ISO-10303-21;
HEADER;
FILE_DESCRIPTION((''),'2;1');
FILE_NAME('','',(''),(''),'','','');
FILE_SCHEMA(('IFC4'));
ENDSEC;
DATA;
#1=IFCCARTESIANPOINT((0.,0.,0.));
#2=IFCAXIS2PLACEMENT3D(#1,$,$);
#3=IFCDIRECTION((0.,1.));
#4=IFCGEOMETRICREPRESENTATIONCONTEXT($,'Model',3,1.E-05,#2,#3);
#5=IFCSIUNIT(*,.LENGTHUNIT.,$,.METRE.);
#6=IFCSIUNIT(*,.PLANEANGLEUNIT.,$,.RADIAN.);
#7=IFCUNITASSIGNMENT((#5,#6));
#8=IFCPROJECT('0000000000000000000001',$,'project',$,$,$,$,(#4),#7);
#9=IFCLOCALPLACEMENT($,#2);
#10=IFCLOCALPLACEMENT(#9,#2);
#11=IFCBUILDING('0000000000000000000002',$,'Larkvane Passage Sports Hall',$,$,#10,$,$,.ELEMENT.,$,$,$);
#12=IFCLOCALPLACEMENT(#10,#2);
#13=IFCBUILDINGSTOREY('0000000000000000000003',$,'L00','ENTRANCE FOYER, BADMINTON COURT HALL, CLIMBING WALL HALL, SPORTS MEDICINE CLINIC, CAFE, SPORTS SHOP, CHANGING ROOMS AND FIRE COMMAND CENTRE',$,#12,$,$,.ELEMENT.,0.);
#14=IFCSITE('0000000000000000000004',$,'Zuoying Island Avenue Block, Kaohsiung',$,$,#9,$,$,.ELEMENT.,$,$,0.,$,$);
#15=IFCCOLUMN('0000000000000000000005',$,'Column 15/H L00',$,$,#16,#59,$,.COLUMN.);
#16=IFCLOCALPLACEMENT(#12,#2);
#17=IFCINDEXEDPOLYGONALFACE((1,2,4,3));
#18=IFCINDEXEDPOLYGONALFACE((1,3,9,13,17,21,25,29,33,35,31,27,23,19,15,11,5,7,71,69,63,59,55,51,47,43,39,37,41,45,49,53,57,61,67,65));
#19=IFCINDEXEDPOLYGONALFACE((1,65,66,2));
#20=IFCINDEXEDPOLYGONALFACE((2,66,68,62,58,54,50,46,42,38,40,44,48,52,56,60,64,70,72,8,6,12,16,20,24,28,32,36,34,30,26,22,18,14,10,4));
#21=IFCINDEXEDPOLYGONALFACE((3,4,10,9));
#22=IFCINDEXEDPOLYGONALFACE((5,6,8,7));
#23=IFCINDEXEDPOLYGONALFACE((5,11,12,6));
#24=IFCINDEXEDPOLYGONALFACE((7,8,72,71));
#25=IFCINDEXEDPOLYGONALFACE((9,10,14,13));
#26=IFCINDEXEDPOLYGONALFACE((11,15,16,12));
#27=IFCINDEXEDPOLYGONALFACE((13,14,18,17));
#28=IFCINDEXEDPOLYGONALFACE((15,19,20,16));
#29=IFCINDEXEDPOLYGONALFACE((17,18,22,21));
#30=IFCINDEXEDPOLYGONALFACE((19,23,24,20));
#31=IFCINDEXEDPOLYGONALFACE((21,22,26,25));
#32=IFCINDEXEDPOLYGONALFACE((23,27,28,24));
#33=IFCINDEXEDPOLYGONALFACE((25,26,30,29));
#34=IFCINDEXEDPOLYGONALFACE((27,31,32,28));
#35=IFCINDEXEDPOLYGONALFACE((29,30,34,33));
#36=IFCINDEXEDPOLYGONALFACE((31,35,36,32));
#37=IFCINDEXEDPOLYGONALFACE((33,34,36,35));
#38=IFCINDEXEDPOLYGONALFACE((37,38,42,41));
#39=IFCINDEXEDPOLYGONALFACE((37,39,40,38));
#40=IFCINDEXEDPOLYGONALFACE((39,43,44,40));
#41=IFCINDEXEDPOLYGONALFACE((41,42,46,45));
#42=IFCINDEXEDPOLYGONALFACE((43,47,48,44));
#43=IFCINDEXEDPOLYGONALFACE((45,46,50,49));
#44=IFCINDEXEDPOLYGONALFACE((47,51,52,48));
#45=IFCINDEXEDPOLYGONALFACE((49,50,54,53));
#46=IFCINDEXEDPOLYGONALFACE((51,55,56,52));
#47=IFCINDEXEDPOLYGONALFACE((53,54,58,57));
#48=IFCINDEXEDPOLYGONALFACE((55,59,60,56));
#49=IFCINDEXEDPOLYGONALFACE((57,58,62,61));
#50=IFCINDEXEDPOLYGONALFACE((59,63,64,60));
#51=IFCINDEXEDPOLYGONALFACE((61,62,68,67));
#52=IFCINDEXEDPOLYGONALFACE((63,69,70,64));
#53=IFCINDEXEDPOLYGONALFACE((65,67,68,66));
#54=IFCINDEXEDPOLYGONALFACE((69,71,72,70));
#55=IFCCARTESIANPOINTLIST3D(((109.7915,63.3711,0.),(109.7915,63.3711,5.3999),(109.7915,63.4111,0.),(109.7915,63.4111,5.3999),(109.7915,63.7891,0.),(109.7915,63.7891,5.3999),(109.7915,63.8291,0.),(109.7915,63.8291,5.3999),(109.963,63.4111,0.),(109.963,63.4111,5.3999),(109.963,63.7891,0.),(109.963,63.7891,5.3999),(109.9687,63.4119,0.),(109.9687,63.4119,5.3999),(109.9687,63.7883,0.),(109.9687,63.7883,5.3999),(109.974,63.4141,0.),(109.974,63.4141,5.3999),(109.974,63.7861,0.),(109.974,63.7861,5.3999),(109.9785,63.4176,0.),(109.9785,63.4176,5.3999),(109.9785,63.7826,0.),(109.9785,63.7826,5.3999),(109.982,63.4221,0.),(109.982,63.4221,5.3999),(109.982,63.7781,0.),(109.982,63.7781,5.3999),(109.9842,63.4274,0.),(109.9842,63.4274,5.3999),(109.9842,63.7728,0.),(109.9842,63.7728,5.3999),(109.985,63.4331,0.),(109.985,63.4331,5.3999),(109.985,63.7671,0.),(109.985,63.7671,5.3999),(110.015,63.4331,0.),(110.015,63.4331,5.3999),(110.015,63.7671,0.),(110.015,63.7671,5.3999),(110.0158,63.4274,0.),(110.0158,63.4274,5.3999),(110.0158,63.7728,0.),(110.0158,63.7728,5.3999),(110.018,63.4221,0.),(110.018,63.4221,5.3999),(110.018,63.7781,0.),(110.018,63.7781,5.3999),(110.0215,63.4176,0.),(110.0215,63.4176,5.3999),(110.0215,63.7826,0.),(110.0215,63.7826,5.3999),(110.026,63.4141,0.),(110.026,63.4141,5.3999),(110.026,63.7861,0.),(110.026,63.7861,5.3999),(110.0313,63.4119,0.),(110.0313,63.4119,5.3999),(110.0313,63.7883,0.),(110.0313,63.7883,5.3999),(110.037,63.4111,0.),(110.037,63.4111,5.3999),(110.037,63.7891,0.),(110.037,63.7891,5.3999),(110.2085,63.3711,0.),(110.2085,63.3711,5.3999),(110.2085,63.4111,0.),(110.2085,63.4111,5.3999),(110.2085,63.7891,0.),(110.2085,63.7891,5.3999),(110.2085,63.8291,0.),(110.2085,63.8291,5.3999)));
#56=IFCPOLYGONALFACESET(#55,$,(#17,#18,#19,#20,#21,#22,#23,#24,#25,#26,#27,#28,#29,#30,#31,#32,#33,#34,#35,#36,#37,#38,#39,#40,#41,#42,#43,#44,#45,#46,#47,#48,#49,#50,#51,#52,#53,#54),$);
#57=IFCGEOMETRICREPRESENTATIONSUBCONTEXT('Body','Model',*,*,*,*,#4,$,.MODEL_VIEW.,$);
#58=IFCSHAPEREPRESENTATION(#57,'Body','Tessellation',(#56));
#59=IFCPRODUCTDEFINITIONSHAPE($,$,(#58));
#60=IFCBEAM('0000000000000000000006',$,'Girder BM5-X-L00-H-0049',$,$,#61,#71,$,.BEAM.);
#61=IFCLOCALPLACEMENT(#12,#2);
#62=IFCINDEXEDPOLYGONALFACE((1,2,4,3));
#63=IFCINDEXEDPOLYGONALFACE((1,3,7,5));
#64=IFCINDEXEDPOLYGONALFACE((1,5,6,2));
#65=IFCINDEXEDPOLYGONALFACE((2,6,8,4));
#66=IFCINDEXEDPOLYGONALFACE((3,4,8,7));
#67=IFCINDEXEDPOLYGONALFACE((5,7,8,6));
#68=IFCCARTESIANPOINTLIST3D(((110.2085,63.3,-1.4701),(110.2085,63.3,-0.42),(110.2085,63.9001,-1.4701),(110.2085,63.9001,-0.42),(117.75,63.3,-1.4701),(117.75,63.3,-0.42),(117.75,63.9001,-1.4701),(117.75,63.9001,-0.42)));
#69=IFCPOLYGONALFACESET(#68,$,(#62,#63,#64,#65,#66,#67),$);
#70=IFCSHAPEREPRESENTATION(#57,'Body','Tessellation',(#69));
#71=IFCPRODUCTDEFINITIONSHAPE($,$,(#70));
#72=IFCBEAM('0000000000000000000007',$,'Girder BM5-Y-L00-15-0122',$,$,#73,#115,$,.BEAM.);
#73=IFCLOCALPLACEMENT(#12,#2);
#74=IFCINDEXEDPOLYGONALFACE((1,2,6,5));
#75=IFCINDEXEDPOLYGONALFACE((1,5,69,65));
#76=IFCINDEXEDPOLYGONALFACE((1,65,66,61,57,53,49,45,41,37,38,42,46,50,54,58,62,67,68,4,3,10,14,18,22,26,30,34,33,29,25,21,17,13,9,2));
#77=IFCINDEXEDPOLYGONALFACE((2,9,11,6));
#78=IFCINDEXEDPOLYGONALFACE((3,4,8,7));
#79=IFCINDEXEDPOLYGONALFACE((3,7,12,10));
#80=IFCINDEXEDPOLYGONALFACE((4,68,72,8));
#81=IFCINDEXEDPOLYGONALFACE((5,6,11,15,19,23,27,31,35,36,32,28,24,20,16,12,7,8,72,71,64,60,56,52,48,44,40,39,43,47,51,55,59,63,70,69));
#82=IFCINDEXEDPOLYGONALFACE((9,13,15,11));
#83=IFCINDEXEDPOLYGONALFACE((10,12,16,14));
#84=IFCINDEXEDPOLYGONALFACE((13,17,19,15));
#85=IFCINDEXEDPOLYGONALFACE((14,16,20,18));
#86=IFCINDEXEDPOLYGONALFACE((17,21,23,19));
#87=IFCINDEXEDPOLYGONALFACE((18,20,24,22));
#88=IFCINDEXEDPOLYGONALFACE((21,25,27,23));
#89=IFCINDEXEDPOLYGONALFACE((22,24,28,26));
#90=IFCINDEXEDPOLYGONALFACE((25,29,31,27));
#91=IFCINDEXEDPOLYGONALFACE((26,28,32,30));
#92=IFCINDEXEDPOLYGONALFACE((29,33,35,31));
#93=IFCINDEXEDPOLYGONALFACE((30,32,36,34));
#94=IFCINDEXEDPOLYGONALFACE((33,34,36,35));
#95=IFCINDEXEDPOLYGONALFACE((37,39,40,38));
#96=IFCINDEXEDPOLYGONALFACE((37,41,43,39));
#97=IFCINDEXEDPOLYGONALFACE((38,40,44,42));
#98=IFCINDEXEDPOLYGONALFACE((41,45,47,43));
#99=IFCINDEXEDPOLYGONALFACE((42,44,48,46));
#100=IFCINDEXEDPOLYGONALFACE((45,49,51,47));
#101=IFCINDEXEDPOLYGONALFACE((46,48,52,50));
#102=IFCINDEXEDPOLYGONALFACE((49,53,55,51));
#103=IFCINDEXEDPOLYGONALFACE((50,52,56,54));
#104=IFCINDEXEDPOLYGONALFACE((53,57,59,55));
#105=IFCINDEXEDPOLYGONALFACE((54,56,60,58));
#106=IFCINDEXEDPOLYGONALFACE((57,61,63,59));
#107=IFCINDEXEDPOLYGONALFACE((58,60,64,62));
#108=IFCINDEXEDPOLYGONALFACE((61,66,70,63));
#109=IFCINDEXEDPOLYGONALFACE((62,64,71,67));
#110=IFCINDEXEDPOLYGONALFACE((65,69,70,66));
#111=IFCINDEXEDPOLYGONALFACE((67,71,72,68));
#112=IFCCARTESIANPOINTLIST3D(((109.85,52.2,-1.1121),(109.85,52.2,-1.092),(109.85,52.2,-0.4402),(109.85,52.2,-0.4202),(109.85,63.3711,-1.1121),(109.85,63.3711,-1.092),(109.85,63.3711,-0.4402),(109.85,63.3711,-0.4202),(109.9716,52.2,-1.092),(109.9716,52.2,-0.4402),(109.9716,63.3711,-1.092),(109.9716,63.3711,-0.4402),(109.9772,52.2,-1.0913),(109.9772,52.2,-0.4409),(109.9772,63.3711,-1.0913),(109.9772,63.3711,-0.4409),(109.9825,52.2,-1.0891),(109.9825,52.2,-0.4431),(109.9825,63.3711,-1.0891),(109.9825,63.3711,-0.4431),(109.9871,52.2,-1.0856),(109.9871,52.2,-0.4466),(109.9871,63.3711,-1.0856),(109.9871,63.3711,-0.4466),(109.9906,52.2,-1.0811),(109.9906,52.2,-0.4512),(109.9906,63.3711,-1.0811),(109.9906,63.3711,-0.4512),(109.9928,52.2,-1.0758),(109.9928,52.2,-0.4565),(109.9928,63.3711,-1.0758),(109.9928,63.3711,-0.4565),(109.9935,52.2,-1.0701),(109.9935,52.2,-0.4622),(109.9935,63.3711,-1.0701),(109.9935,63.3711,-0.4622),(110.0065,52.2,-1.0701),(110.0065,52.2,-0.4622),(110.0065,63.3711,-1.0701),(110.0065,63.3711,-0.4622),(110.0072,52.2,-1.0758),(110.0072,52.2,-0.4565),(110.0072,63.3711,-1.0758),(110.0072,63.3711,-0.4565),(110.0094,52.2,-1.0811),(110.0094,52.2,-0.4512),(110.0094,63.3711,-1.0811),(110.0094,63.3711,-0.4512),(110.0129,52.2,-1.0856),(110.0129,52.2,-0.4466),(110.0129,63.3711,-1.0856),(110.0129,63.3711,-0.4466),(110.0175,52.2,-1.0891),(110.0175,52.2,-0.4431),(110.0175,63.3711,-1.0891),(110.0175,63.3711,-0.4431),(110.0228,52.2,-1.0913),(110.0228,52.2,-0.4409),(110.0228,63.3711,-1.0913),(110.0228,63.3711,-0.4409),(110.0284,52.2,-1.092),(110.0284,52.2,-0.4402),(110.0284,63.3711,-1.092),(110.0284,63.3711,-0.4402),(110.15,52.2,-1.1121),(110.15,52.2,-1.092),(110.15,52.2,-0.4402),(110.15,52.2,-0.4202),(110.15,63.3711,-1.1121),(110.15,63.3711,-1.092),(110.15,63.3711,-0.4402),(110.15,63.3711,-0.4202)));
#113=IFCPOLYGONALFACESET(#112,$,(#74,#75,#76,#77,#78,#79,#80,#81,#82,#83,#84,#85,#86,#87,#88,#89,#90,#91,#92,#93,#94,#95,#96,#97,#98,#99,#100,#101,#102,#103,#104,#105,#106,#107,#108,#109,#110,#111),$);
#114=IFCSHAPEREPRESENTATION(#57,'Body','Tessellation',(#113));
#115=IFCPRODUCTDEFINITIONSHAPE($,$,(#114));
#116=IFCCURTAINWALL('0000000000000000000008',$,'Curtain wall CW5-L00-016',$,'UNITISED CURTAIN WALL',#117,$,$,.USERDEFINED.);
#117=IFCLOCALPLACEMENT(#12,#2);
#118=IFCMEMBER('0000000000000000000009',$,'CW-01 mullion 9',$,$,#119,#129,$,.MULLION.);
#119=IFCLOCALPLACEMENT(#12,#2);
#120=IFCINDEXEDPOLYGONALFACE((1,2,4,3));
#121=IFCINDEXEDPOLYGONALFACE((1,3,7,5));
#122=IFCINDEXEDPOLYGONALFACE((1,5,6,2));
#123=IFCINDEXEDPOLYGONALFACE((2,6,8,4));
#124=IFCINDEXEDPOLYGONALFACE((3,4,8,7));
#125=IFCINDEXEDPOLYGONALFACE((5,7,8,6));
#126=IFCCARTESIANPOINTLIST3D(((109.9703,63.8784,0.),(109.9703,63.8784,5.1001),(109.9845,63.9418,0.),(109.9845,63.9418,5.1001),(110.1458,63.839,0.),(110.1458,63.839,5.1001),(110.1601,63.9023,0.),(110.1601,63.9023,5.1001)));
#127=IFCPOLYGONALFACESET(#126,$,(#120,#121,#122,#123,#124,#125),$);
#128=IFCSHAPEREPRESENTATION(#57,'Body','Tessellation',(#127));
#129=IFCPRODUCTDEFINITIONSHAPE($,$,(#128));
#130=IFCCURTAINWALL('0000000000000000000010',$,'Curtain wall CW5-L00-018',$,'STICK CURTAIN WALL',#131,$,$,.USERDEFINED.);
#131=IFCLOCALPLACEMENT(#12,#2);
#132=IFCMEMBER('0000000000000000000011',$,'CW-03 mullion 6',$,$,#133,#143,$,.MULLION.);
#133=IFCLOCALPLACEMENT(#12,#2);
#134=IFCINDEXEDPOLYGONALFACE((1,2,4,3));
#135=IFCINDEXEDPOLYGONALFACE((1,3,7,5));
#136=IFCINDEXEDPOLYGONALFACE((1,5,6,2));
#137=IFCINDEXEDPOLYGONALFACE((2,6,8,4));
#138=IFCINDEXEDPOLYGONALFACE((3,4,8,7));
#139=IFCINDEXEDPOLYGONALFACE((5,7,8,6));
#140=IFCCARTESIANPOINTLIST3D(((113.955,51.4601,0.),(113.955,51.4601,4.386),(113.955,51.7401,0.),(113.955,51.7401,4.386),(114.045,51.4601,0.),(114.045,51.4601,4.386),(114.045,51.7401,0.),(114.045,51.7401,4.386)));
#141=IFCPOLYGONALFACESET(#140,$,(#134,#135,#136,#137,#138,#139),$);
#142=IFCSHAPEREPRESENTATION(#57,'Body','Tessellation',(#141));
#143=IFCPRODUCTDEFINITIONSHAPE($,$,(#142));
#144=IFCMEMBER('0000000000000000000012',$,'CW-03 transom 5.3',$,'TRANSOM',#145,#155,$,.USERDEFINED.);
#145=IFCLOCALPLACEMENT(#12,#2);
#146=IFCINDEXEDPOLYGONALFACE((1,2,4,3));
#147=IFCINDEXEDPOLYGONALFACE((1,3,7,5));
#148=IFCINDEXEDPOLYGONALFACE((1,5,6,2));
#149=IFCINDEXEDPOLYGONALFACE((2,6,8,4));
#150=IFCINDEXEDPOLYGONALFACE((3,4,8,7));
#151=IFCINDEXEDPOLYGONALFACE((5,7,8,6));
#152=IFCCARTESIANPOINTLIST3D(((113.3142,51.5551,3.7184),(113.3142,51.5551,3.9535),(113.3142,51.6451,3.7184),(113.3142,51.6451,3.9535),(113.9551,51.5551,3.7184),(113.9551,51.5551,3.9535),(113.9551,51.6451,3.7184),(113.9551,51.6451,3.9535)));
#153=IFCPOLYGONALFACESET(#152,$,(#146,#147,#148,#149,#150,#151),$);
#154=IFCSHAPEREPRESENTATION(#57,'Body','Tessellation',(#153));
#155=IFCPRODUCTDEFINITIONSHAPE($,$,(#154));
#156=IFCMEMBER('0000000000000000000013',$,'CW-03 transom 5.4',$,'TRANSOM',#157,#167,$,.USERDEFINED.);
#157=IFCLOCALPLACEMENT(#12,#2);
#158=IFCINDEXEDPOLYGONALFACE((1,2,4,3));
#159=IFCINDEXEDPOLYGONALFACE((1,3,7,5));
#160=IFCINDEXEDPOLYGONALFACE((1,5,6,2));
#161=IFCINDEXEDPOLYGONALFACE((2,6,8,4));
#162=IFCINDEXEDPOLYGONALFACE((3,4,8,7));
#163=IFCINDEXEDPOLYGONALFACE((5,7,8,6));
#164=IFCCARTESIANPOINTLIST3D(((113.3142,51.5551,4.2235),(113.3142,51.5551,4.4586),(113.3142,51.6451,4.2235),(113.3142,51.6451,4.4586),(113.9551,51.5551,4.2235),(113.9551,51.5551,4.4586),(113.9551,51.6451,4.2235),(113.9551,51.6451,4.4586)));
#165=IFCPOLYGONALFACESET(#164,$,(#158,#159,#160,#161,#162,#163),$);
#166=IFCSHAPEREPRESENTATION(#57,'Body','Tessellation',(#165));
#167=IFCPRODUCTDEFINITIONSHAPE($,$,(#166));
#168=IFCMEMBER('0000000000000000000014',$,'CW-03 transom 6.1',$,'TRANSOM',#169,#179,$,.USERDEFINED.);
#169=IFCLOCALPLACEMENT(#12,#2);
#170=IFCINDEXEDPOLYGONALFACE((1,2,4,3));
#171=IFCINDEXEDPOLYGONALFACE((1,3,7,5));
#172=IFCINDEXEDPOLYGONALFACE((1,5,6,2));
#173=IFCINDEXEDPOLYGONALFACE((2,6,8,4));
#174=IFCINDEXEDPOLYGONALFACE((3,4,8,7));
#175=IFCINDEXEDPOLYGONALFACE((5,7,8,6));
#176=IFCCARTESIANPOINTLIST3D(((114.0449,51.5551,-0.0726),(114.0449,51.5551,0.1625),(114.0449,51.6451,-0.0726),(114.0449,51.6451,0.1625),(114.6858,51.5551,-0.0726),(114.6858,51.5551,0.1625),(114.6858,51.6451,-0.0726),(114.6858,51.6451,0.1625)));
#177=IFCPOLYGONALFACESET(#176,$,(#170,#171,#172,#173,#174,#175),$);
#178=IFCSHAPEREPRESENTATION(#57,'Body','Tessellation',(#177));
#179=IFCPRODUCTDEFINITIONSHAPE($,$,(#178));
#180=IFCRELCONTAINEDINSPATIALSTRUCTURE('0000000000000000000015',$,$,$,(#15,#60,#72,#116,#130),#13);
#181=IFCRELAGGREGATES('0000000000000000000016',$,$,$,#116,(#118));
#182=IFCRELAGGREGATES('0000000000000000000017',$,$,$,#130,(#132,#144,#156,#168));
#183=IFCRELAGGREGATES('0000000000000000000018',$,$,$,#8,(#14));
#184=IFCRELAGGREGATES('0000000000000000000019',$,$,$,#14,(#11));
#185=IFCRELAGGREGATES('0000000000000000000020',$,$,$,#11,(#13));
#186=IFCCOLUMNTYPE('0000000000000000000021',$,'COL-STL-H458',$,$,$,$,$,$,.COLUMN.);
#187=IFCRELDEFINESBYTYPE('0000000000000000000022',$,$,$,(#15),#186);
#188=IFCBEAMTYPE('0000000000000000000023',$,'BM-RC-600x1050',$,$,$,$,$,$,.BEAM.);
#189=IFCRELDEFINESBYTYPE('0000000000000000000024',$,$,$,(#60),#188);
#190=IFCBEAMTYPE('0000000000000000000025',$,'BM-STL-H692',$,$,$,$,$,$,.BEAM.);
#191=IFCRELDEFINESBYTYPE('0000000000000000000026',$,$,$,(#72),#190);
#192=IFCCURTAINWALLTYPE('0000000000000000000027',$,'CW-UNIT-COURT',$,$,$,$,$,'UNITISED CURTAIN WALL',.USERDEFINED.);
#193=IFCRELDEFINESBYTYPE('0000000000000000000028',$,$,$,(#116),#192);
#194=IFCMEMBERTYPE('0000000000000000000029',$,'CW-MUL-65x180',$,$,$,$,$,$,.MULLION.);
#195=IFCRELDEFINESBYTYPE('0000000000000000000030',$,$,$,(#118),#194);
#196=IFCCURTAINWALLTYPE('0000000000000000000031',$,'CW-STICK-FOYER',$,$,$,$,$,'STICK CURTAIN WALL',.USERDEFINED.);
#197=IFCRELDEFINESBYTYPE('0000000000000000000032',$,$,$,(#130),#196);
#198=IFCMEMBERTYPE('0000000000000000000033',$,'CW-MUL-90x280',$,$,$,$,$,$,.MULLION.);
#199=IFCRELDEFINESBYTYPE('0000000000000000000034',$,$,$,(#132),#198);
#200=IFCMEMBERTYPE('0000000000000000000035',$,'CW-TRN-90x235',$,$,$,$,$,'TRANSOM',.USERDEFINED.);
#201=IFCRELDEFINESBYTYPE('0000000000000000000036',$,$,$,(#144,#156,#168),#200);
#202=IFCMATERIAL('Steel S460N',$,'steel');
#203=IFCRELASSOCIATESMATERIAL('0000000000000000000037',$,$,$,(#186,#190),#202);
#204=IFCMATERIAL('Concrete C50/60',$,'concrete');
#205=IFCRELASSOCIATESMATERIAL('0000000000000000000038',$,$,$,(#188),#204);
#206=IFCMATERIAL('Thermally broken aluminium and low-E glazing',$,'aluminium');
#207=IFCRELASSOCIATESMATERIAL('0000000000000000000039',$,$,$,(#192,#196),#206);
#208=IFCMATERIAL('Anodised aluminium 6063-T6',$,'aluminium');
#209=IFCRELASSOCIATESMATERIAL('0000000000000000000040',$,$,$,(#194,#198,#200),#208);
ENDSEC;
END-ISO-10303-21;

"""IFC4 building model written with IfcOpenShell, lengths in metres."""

from ifc_helpers import new_model, si_unit, direction, frame, origin, origin_2d, place, context, subcontext, project, spatial, rectangle, i_section, extrude, material, material_profile, profile_set, type_object, element, aggregate, save


model = new_model("IFC4")

# Units and contexts
model_context = context("Model", 3, precision=1e-05, world=origin(), true_north=direction((0.0, 1.0)))
body_context = subcontext(model_context, "Body", "Model", "MODEL_VIEW")
ifc_project = project(units=[si_unit("LENGTHUNIT", "METRE"), si_unit("PLANEANGLEUNIT", "RADIAN")], contexts=[model_context])

# Site, building, storey
site_placement = place(None, origin())
site = spatial("IfcSite", under=ifc_project, at=site_placement, Name="Zuoying Island Avenue Block, Kaohsiung", CompositionType="ELEMENT", RefElevation=0.0)
building_placement = place(site_placement, origin())
building = spatial("IfcBuilding", under=site, at=building_placement, Name="Larkvane Passage Sports Hall", CompositionType="ELEMENT")
storey_placement = place(building_placement, origin())
storey = spatial("IfcBuildingStorey", under=building, at=storey_placement, Name="L00", Description="ENTRANCE FOYER, BADMINTON COURT HALL, CLIMBING WALL HALL, SPORTS MEDICINE CLINIC, CAFE, SPORTS SHOP, CHANGING ROOMS AND FIRE COMMAND CENTRE", CompositionType="ELEMENT", Elevation=0.0)

# Column
ifc_material_1 = material(Name="Steel S460N", Category="steel")
ifc_material_profile_1 = material_profile(ifc_material_1, i_section(OverallWidth=0.417, OverallDepth=0.458, WebThickness=0.03, FlangeThickness=0.04, FilletRadius=0.022, at=origin_2d()), Name="H-458x417x30x40")
ifc_profile_set_1 = profile_set([ifc_material_profile_1], Name="Steel S460N")
column_type = type_object("IfcColumnType", Name="COL-STL-H458", PredefinedType="COLUMN", material=ifc_profile_set_1)
column_placement = place(storey_placement, frame((110.0, 63.6001, 0.0), z_axis=(0.0, 0.0, 1.0), x_axis=(1.0, 0.0, 0.0)))
element("IfcColumn", 1, at=column_placement, inside=storey, type_object=column_type, Name="Column 15/H L00", PredefinedType="COLUMN", context=body_context, shape_type="SweptSolid", body=[
    extrude(i_section(OverallWidth=0.417, OverallDepth=0.458, WebThickness=0.03, FlangeThickness=0.04, FilletRadius=0.022, at=origin_2d()), origin(), (0.0, 0.0, 1.0), 5.3999),
])

# Beams
ifc_material_2 = material(Name="Concrete C50/60", Category="concrete")
ifc_material_profile_2 = material_profile(ifc_material_2, rectangle(XDim=0.6001, YDim=1.05, at=origin_2d()), Name="RC-BM-600x1050")
ifc_profile_set_2 = profile_set([ifc_material_profile_2], Name="Concrete C50/60")
beam_type_1 = type_object("IfcBeamType", Name="BM-RC-600x1050", PredefinedType="BEAM", material=ifc_profile_set_2)
beam_1_placement = place(storey_placement, frame((110.2085, 63.6001, -0.9451), z_axis=(1.0, 0.0, 0.0), x_axis=(0.0, 1.0, 0.0)))
element("IfcBeam", 2, at=beam_1_placement, inside=storey, type_object=beam_type_1, Name="Girder BM5-X-L00-H-0049", PredefinedType="BEAM", context=body_context, shape_type="SweptSolid", body=[
    extrude(rectangle(XDim=0.6001, YDim=1.05, at=origin_2d()), origin(), (0.0, 0.0, 1.0), 7.5415),
])
ifc_material_profile_3 = material_profile(ifc_material_1, i_section(OverallWidth=0.3, OverallDepth=0.6919, WebThickness=0.0129, FlangeThickness=0.02, FilletRadius=0.022, at=origin_2d()), Name="H-692x300x13x20")
ifc_profile_set_3 = profile_set([ifc_material_profile_3], Name="Steel S460N")
beam_type_2 = type_object("IfcBeamType", Name="BM-STL-H692", PredefinedType="BEAM", material=ifc_profile_set_3)
beam_2_placement = place(storey_placement, frame((110.0, 52.2, -0.7661), z_axis=(0.0, 1.0, 0.0), x_axis=(-1.0, 0.0, 0.0)))
element("IfcBeam", 3, at=beam_2_placement, inside=storey, type_object=beam_type_2, Name="Girder BM5-Y-L00-15-0122", PredefinedType="BEAM", context=body_context, shape_type="SweptSolid", body=[
    extrude(i_section(OverallWidth=0.3, OverallDepth=0.6919, WebThickness=0.0129, FlangeThickness=0.02, FilletRadius=0.022, at=origin_2d()), origin(), (0.0, 0.0, 1.0), 11.1711),
])

# Curtain wall, member
ifc_material_3 = material(Name="Thermally broken aluminium and low-E glazing", Category="aluminium")
curtain_wall_type_1 = type_object("IfcCurtainWallType", Name="CW-UNIT-COURT", ElementType="UNITISED CURTAIN WALL", PredefinedType="USERDEFINED", material=ifc_material_3)
curtain_wall_1_placement = place(storey_placement, origin())
curtain_wall_1 = element("IfcCurtainWall", 4, at=curtain_wall_1_placement, inside=storey, type_object=curtain_wall_type_1, Name="Curtain wall CW5-L00-016", ObjectType="UNITISED CURTAIN WALL", PredefinedType="USERDEFINED")
ifc_material_4 = material(Name="Anodised aluminium 6063-T6", Category="aluminium")
ifc_material_profile_4 = material_profile(ifc_material_4, rectangle(XDim=0.0649, YDim=0.1799, at=origin_2d()), Name="ALU-MUL-65x180")
ifc_profile_set_4 = profile_set([ifc_material_profile_4], Name="Anodised aluminium 6063-T6")
member_type_1 = type_object("IfcMemberType", Name="CW-MUL-65x180", PredefinedType="MULLION", material=ifc_profile_set_4)
member_1_placement = place(storey_placement, frame((110.0652, 63.8904, 0.0), z_axis=(0.0, 0.0, 1.0), x_axis=(-0.219261, -0.975666, 0.0)))
member_1 = element("IfcMember", 5, at=member_1_placement, type_object=member_type_1, Name="CW-01 mullion 9", PredefinedType="MULLION", context=body_context, shape_type="SweptSolid", body=[
    extrude(rectangle(XDim=0.0649, YDim=0.1799, at=origin_2d()), origin(), (0.0, 0.0, 1.0), 5.1001),
])

# Curtain wall, members
curtain_wall_type_2 = type_object("IfcCurtainWallType", Name="CW-STICK-FOYER", ElementType="STICK CURTAIN WALL", PredefinedType="USERDEFINED", material=ifc_material_3)
curtain_wall_2_placement = place(storey_placement, origin())
curtain_wall_2 = element("IfcCurtainWall", 6, at=curtain_wall_2_placement, inside=storey, type_object=curtain_wall_type_2, Name="Curtain wall CW5-L00-018", ObjectType="STICK CURTAIN WALL", PredefinedType="USERDEFINED")
ifc_material_profile_5 = material_profile(ifc_material_4, rectangle(XDim=0.0901, YDim=0.28, at=origin_2d()), Name="ALU-MUL-90x280")
ifc_profile_set_5 = profile_set([ifc_material_profile_5], Name="Anodised aluminium 6063-T6")
member_type_2 = type_object("IfcMemberType", Name="CW-MUL-90x280", PredefinedType="MULLION", material=ifc_profile_set_5)
member_2_placement = place(storey_placement, frame((114.0, 51.6001, 0.0), z_axis=(0.0, 0.0, 1.0), x_axis=(1.0, 0.0, 0.0)))
member_2 = element("IfcMember", 7, at=member_2_placement, type_object=member_type_2, Name="CW-03 mullion 6", PredefinedType="MULLION", context=body_context, shape_type="SweptSolid", body=[
    extrude(rectangle(XDim=0.0901, YDim=0.28, at=origin_2d()), origin(), (0.0, 0.0, 1.0), 4.386),
])
ifc_material_profile_6 = material_profile(ifc_material_4, rectangle(XDim=0.0901, YDim=0.2351, at=origin_2d()), Name="ALU-TRN-90x235")
ifc_profile_set_6 = profile_set([ifc_material_profile_6], Name="Anodised aluminium 6063-T6")
member_type_3 = type_object("IfcMemberType", Name="CW-TRN-90x235", ElementType="TRANSOM", PredefinedType="USERDEFINED", material=ifc_profile_set_6)
member_3_placement = place(storey_placement, frame((113.3142, 51.6001, 3.8359), z_axis=(1.0, 0.0, 0.0), x_axis=(0.0, 1.0, 0.0)))
member_3 = element("IfcMember", 8, at=member_3_placement, type_object=member_type_3, Name="CW-03 transom 5.3", ObjectType="TRANSOM", PredefinedType="USERDEFINED", context=body_context, shape_type="SweptSolid", body=[
    extrude(rectangle(XDim=0.0901, YDim=0.2351, at=origin_2d()), origin(), (0.0, 0.0, 1.0), 0.6409),
])
member_4_placement = place(storey_placement, frame((113.3142, 51.6001, 4.3411), z_axis=(1.0, 0.0, 0.0), x_axis=(0.0, 1.0, 0.0)))
member_4 = element("IfcMember", 9, at=member_4_placement, type_object=member_type_3, Name="CW-03 transom 5.4", ObjectType="TRANSOM", PredefinedType="USERDEFINED", context=body_context, shape_type="SweptSolid", body=[
    extrude(rectangle(XDim=0.0901, YDim=0.2351, at=origin_2d()), origin(), (0.0, 0.0, 1.0), 0.6409),
])
member_5_placement = place(storey_placement, frame((114.0449, 51.6001, 0.0449), z_axis=(1.0, 0.0, 0.0), x_axis=(0.0, 1.0, 0.0)))
member_5 = element("IfcMember", 10, at=member_5_placement, type_object=member_type_3, Name="CW-03 transom 6.1", ObjectType="TRANSOM", PredefinedType="USERDEFINED", context=body_context, shape_type="SweptSolid", body=[
    extrude(rectangle(XDim=0.0901, YDim=0.2351, at=origin_2d()), origin(), (0.0, 0.0, 1.0), 0.6409),
])

aggregate(curtain_wall_1, [member_1])
aggregate(curtain_wall_2, [member_2, member_3, member_4, member_5])

save(model, "model.ifc")
